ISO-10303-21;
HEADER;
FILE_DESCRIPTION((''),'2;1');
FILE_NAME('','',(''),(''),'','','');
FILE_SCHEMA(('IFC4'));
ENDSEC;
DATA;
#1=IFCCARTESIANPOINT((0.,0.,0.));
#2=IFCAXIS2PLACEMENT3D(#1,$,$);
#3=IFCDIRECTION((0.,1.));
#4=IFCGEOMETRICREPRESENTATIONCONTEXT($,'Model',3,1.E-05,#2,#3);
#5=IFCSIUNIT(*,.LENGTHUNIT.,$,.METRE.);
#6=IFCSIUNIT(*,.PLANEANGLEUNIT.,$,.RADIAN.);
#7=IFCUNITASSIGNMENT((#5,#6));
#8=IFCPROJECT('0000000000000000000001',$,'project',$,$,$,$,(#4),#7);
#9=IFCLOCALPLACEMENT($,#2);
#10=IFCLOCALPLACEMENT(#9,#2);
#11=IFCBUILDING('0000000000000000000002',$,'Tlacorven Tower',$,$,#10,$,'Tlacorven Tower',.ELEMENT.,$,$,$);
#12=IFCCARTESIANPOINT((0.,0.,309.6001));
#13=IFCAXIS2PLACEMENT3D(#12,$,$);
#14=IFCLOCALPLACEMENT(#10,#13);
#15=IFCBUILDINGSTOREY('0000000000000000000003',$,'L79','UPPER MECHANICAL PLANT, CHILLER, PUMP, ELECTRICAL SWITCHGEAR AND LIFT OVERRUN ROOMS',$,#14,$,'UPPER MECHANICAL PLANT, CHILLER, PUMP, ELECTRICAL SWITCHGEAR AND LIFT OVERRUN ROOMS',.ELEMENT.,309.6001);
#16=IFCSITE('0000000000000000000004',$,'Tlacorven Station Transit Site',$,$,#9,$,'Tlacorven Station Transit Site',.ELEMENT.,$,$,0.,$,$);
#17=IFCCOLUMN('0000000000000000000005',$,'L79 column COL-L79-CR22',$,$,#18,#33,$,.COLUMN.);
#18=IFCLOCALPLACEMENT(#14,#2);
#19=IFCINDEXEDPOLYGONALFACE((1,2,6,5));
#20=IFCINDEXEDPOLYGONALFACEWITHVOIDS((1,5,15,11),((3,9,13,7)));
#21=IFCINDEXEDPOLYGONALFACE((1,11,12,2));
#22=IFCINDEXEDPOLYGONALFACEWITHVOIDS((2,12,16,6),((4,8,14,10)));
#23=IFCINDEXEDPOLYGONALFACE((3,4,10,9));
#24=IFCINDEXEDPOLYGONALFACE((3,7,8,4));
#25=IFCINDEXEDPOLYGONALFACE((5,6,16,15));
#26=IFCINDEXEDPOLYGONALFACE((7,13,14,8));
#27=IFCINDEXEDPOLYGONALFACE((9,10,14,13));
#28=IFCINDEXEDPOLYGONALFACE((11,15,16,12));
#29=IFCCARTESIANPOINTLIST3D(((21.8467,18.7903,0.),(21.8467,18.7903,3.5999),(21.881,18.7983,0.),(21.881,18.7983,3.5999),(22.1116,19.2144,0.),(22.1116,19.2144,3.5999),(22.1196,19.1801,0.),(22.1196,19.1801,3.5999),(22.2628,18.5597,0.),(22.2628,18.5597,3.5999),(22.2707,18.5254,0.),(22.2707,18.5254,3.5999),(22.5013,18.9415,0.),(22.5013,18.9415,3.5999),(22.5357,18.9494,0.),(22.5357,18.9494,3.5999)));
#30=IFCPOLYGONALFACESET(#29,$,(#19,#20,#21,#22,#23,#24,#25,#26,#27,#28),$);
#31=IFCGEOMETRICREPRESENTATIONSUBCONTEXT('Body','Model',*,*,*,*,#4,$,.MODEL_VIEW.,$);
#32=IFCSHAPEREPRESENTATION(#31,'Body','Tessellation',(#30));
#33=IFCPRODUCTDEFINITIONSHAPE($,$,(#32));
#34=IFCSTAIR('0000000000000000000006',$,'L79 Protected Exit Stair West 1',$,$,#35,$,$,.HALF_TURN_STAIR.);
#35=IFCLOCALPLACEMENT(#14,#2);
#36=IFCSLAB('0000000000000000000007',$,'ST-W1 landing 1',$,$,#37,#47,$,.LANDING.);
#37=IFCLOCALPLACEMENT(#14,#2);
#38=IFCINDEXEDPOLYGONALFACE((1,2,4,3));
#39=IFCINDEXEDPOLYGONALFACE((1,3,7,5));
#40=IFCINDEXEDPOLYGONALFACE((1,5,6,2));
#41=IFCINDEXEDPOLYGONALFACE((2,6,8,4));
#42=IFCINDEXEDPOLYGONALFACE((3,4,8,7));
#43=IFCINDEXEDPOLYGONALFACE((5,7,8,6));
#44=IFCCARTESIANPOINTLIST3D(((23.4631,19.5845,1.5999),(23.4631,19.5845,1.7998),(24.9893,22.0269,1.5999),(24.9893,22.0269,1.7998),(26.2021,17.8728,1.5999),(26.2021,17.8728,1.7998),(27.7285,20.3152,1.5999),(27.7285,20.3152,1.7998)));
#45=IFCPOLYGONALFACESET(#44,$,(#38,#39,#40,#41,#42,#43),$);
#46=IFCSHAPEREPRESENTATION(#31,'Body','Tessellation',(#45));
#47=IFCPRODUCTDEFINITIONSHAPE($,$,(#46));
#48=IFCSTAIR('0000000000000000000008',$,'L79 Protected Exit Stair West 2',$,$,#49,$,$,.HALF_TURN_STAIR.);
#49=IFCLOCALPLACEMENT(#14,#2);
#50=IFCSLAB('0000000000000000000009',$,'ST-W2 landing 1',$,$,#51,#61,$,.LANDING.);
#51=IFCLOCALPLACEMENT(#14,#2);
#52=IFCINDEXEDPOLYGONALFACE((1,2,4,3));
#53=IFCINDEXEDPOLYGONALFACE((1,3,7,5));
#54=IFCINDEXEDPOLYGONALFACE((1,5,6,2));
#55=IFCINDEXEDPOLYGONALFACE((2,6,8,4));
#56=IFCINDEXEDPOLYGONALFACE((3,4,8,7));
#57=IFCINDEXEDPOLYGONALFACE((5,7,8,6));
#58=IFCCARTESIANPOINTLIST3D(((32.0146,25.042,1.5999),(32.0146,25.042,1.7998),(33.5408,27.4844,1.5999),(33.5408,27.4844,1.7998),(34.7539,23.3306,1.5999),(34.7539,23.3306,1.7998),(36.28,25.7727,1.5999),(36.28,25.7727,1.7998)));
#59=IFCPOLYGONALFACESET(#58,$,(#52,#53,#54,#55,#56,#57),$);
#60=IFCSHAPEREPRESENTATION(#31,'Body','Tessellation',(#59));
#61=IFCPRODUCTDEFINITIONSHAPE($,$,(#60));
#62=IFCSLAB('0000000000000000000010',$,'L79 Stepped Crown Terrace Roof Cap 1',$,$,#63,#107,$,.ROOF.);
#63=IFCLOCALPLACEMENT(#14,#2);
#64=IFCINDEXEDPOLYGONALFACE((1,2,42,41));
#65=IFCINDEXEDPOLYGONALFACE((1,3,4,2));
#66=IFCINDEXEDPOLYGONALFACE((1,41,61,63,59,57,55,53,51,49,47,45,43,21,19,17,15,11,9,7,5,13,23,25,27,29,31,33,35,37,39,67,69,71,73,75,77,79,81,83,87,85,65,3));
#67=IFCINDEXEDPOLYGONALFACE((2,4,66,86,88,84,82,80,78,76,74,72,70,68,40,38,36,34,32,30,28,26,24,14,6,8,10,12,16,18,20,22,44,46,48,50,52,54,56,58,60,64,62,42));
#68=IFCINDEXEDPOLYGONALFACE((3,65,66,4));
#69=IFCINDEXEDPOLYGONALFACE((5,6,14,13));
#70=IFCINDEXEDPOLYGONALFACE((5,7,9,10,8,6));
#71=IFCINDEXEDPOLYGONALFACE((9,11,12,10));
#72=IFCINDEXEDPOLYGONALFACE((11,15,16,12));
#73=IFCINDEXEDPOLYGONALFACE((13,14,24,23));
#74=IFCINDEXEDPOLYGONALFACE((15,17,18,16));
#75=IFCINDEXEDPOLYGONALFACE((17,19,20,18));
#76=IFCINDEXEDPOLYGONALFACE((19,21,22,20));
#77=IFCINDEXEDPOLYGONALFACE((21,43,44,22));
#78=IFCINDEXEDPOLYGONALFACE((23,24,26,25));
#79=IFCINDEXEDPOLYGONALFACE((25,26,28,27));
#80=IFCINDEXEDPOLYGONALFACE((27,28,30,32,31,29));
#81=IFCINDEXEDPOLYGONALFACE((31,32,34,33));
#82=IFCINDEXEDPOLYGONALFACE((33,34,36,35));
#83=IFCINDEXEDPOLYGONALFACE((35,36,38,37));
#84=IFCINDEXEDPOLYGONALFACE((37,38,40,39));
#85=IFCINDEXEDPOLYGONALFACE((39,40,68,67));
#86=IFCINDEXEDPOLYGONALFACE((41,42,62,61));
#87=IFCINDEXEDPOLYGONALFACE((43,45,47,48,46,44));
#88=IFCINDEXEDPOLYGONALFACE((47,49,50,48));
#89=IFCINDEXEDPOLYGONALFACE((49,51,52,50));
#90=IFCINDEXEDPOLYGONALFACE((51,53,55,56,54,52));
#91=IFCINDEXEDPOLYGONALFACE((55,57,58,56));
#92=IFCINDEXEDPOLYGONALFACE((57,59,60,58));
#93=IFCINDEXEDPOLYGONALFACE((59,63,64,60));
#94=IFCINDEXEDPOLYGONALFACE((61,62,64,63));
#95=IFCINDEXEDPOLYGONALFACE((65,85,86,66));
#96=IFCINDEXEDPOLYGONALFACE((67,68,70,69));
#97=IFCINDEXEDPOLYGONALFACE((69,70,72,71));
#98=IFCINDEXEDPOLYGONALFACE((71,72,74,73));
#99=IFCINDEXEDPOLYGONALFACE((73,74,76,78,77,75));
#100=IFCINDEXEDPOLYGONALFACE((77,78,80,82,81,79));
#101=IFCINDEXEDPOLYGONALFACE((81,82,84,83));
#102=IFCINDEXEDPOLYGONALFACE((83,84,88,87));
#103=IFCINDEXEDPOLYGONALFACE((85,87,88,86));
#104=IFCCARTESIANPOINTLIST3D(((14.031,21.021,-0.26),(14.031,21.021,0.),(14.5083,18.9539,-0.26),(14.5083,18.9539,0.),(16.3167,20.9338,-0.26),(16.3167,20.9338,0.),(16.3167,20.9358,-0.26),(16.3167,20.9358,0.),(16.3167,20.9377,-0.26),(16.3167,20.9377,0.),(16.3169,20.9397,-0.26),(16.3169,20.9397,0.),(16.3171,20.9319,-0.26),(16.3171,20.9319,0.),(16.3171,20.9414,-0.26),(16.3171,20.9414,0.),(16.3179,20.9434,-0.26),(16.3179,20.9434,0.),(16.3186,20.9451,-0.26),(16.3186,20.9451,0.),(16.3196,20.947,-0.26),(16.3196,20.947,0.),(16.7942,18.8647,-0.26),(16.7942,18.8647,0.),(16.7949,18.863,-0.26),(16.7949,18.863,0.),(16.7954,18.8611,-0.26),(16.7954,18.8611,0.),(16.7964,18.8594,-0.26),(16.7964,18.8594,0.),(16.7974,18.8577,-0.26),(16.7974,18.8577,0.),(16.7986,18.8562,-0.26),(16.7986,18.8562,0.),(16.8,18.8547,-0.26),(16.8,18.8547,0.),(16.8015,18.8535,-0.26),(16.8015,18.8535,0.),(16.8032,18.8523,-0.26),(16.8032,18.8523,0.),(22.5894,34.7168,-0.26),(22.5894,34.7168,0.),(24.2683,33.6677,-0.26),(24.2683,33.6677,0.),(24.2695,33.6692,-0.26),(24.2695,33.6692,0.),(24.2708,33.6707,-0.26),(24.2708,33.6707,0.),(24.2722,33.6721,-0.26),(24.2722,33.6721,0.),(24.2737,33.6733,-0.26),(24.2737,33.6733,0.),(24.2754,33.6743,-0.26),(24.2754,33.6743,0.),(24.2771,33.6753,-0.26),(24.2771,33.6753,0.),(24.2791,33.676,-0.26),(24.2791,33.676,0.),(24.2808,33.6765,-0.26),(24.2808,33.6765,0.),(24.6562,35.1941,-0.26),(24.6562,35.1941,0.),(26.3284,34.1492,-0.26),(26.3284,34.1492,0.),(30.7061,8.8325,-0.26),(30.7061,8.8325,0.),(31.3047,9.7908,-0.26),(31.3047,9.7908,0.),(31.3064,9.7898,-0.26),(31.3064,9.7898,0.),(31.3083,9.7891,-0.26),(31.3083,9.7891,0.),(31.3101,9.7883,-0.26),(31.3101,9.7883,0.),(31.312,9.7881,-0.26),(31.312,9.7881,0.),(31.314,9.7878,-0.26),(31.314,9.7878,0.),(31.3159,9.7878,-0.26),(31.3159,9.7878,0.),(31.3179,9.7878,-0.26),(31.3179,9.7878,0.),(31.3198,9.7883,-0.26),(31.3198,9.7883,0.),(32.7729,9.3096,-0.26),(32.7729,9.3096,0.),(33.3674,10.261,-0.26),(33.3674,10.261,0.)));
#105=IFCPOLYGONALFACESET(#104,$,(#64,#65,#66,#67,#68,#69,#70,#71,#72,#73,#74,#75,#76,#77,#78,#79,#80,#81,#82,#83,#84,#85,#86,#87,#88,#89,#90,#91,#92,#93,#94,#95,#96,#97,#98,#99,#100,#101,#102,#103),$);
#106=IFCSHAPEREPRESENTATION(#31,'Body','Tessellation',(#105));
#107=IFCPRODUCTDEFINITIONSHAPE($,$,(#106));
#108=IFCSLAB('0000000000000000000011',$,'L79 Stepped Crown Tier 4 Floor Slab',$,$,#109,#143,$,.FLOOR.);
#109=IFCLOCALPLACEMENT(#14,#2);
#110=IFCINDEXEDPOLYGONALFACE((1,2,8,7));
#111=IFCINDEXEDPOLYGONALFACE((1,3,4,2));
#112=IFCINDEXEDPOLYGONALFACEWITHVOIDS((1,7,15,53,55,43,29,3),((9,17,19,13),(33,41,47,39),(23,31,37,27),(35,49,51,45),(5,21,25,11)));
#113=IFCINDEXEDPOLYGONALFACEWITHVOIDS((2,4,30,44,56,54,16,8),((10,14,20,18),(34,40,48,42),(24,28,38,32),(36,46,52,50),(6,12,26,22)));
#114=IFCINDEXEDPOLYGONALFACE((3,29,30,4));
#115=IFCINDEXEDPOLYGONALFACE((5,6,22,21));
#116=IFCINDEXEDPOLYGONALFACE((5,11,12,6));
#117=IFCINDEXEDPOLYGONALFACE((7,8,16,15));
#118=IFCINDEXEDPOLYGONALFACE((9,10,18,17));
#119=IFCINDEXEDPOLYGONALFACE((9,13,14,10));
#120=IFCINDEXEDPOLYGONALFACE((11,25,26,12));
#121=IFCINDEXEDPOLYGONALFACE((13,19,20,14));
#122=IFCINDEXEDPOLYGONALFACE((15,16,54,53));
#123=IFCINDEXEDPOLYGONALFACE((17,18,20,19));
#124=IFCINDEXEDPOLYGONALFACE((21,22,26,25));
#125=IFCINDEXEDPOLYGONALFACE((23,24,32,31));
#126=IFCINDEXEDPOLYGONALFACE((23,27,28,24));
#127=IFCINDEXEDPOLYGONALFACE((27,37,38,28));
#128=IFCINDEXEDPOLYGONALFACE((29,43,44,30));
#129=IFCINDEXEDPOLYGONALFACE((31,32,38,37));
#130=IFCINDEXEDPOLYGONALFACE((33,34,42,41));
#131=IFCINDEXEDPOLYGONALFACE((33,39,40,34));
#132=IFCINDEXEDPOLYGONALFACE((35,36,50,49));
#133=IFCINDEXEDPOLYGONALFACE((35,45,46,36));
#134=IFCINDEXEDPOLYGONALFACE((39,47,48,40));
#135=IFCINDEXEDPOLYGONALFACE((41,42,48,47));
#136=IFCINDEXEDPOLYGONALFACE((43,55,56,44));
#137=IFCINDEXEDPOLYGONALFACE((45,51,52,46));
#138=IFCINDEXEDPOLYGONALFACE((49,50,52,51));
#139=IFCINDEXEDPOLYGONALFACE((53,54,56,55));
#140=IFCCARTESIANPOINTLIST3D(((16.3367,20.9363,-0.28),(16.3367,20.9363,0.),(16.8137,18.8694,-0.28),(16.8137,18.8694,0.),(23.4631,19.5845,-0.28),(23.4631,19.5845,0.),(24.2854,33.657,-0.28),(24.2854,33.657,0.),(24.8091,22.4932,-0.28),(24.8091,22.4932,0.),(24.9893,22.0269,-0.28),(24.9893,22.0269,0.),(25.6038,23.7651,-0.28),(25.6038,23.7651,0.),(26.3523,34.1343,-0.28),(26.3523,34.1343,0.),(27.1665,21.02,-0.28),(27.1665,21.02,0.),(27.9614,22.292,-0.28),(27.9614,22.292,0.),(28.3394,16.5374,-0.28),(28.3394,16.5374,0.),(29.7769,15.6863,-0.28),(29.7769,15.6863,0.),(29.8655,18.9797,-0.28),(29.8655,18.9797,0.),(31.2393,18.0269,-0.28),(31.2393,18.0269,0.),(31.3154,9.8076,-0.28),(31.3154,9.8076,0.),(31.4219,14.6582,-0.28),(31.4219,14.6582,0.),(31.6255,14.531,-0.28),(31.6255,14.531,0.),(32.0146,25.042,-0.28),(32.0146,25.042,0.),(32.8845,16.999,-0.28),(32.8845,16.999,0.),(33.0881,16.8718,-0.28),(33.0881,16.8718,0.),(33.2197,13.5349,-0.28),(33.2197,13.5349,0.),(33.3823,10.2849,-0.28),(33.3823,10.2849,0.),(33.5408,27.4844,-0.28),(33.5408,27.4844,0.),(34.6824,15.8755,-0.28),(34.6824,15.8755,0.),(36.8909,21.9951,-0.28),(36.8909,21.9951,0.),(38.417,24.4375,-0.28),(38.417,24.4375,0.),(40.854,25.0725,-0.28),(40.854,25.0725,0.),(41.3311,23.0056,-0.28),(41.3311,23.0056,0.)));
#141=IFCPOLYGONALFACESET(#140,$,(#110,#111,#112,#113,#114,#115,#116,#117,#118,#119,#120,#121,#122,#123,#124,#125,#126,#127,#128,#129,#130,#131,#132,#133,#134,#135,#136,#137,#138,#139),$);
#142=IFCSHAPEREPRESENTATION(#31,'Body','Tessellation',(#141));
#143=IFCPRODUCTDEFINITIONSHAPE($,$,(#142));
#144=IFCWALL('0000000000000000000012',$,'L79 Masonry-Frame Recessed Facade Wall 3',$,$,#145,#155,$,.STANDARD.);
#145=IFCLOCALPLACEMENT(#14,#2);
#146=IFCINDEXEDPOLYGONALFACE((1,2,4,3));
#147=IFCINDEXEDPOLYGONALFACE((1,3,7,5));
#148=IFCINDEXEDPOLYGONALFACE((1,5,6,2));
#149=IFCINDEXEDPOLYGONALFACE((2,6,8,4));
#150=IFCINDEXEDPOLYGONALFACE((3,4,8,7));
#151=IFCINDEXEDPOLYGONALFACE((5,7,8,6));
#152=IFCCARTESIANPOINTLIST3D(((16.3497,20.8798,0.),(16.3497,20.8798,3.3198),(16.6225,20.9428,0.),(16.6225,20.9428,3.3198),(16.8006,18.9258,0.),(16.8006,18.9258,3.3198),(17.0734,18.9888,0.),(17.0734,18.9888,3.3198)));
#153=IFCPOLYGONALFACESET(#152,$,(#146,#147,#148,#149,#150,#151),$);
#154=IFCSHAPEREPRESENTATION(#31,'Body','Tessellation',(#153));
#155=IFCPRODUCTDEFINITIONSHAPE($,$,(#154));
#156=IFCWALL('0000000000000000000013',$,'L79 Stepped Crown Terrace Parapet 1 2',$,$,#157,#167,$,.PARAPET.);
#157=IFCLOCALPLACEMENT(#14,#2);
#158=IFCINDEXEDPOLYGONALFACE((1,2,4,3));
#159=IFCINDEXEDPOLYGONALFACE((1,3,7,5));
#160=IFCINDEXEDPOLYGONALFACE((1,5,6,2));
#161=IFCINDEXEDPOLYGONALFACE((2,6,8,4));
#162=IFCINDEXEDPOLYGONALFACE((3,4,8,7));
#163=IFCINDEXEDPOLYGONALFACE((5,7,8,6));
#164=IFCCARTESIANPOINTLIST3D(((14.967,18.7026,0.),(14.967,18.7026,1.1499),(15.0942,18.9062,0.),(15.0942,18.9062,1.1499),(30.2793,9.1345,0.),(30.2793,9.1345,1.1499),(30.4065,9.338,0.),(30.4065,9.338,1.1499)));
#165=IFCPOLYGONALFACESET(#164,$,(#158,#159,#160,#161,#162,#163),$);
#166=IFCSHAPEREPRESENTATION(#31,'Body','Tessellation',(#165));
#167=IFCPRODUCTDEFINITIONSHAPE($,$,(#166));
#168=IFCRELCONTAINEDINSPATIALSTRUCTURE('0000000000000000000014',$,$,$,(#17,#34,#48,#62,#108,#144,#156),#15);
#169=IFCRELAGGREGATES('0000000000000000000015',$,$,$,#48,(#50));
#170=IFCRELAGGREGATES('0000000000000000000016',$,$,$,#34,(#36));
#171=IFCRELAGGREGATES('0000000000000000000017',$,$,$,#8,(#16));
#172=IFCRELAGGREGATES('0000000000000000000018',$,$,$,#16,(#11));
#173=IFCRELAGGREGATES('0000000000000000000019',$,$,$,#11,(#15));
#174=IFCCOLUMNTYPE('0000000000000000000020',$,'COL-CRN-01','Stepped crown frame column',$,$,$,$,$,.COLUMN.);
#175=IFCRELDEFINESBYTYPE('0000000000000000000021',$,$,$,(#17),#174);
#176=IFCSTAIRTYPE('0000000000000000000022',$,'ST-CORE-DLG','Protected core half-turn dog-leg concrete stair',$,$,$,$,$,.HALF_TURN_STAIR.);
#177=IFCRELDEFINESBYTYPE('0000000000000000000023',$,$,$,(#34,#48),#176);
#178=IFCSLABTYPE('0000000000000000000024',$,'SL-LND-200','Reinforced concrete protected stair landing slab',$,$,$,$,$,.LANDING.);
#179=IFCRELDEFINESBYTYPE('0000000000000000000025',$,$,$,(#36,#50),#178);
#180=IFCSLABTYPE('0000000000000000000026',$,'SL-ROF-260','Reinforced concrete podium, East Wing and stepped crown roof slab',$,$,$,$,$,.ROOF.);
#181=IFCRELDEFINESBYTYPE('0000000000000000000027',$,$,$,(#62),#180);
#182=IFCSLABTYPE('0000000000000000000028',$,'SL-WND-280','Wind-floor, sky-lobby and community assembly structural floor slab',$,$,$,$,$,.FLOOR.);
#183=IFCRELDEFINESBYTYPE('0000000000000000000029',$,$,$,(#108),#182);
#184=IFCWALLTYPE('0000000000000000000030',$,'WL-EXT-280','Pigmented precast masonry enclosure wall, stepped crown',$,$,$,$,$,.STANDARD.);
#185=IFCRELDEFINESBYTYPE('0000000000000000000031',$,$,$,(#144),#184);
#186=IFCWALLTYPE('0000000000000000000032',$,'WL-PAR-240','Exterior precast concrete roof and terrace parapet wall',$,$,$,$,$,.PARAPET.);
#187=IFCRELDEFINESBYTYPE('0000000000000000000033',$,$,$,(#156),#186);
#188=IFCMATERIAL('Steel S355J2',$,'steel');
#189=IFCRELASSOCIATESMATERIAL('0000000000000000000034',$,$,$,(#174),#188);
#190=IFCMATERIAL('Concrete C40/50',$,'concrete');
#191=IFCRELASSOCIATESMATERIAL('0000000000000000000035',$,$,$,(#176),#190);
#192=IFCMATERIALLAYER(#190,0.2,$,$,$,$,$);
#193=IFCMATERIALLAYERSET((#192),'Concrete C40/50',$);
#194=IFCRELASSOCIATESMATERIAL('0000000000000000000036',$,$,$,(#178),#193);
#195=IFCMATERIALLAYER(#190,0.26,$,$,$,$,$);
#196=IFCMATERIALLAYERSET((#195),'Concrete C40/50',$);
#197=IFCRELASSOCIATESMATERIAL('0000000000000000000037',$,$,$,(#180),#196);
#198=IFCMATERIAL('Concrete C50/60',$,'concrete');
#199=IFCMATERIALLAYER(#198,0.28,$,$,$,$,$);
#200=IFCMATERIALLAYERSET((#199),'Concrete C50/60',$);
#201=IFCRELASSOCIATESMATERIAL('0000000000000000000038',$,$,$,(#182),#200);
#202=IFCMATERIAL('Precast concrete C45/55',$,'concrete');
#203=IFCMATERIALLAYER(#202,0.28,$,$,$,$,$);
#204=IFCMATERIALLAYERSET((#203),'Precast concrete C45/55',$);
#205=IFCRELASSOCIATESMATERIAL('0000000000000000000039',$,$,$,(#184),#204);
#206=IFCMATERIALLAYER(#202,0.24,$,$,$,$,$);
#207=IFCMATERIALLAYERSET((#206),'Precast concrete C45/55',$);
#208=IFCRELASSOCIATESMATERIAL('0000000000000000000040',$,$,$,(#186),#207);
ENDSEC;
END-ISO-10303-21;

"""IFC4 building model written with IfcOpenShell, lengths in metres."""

from ifc_helpers import new_model, si_unit, direction, frame, frame_2d, origin, origin_2d, place, context, subcontext, project, spatial, polyline, rectangle, hollow_rectangle, outline, extrude, source, transform, mapped, material, layer, layer_set, material_profile, profile_set, type_object, element, aggregate, save


model = new_model("IFC4")

# Units and contexts
model_context = context("Model", 3, precision=1e-05, world=origin(), true_north=direction((0.0, 1.0)))
body_context = subcontext(model_context, "Body", "Model", "MODEL_VIEW")
ifc_project = project(units=[si_unit("LENGTHUNIT", "METRE"), si_unit("PLANEANGLEUNIT", "RADIAN")], contexts=[model_context])

# Site, building, storey
site_placement = place(None, origin())
site = spatial("IfcSite", under=ifc_project, at=site_placement, Name="Tlacorven Station Transit Site", LongName="Tlacorven Station Transit Site", CompositionType="ELEMENT", RefElevation=0.0)
building_placement = place(site_placement, origin())
building = spatial("IfcBuilding", under=site, at=building_placement, Name="Tlacorven Tower", LongName="Tlacorven Tower", CompositionType="ELEMENT")
storey_placement = place(building_placement, frame((0.0, 0.0, 309.6001)))
storey = spatial("IfcBuildingStorey", under=building, at=storey_placement, Name="L79", Description="UPPER MECHANICAL PLANT, CHILLER, PUMP, ELECTRICAL SWITCHGEAR AND LIFT OVERRUN ROOMS", LongName="UPPER MECHANICAL PLANT, CHILLER, PUMP, ELECTRICAL SWITCHGEAR AND LIFT OVERRUN ROOMS", CompositionType="ELEMENT", Elevation=309.6001)

# Column
ifc_material_1 = material(Name="Steel S355J2", Category="steel")
ifc_material_profile = material_profile(ifc_material_1, hollow_rectangle(XDim=0.5, YDim=0.5, WallThickness=0.0249, at=origin_2d()), Name="BOX 500X500X25")
ifc_profile_set = profile_set([ifc_material_profile], Name="Steel S355J2")
column_type = type_object("IfcColumnType", Name="COL-CRN-01", Description="Stepped crown frame column", PredefinedType="COLUMN", material=ifc_profile_set)
shared_shape_1 = source(origin(), body_context, "Body", "SweptSolid", [
    extrude(hollow_rectangle(XDim=0.5, YDim=0.5, WallThickness=0.0249, at=origin_2d()), origin(), (0.0, 0.0, 1.0), 3.5999),
])
column_placement = place(storey_placement, frame((22.1912, 18.8699, 0.0), z_axis=(0.0, 0.0, 1.0), x_axis=(-0.848048, 0.529919, 0.0)))
element("IfcColumn", 1, at=column_placement, inside=storey, type_object=column_type, Name="L79 column COL-L79-CR22", PredefinedType="COLUMN", context=body_context, shape_type="MappedRepresentation", body=[
    mapped(shared_shape_1, transform((0.0, 0.0, 0.0), scale=1.0)),
])

# Stairs, slabs
ifc_material_2 = material(Name="Concrete C40/50", Category="concrete")
stair_type = type_object("IfcStairType", Name="ST-CORE-DLG", Description="Protected core half-turn dog-leg concrete stair", PredefinedType="HALF_TURN_STAIR", material=ifc_material_2)
stair_1_placement = place(storey_placement, origin())
stair_1 = element("IfcStair", 2, at=stair_1_placement, inside=storey, type_object=stair_type, Name="L79 Protected Exit Stair West 1", PredefinedType="HALF_TURN_STAIR")
ifc_layer_1 = layer(ifc_material_2, 0.2)
ifc_layer_set_1 = layer_set([ifc_layer_1], Name="Concrete C40/50")
slab_type_1 = type_object("IfcSlabType", Name="SL-LND-200", Description="Reinforced concrete protected stair landing slab", PredefinedType="LANDING", material=ifc_layer_set_1)
slab_1_placement = place(storey_placement, frame((0.0, 0.0, 1.5999)))
slab_1 = element("IfcSlab", 3, at=slab_1_placement, type_object=slab_type_1, Name="ST-W1 landing 1", PredefinedType="LANDING", context=body_context, shape_type="SweptSolid", body=[
    extrude(outline(polyline([(27.7285, 20.3152), (24.9893, 22.0269), (23.4631, 19.5845), (26.2021, 17.8728), (27.7285, 20.3152)])), origin(), (0.0, 0.0, 1.0), 0.2),
])
stair_2_placement = place(storey_placement, origin())
stair_2 = element("IfcStair", 4, at=stair_2_placement, inside=storey, type_object=stair_type, Name="L79 Protected Exit Stair West 2", PredefinedType="HALF_TURN_STAIR")
slab_2_placement = place(storey_placement, frame((0.0, 0.0, 1.5999)))
slab_2 = element("IfcSlab", 5, at=slab_2_placement, type_object=slab_type_1, Name="ST-W2 landing 1", PredefinedType="LANDING", context=body_context, shape_type="SweptSolid", body=[
    extrude(outline(polyline([(36.28, 25.7727), (33.5408, 27.4844), (32.0146, 25.042), (34.7539, 23.3306), (36.28, 25.7727)])), origin(), (0.0, 0.0, 1.0), 0.2),
])
aggregate(stair_2, [slab_2])

# Slabs
ifc_layer_2 = layer(ifc_material_2, 0.26)
ifc_layer_set_2 = layer_set([ifc_layer_2], Name="Concrete C40/50")
slab_type_2 = type_object("IfcSlabType", Name="SL-ROF-260", Description="Reinforced concrete podium, East Wing and stepped crown roof slab", PredefinedType="ROOF", material=ifc_layer_set_2)
slab_3_placement = place(storey_placement, frame((0.0, 0.0, -0.26)))
element("IfcSlab", 6, at=slab_3_placement, inside=storey, type_object=slab_type_2, Name="L79 Stepped Crown Terrace Roof Cap 1", PredefinedType="ROOF", context=body_context, shape_type="SweptSolid", body=[
    extrude(outline(polyline([(32.7729, 9.3096), (30.7061, 8.8325), (14.5083, 18.9539), (14.031, 21.021), (22.5894, 34.7168), (24.6562, 35.1941), (26.3284, 34.1492), (24.2808, 33.6765), (24.2791, 33.676), (24.2771, 33.6753), (24.2754, 33.6743), (24.2737, 33.6733), (24.2722, 33.6721), (24.2708, 33.6707), (24.2695, 33.6692), (24.2683, 33.6677), (16.3196, 20.947), (16.3186, 20.9451), (16.3179, 20.9434), (16.3171, 20.9414), (16.3169, 20.9397), (16.3167, 20.9377), (16.3167, 20.9358), (16.3167, 20.9338), (16.3171, 20.9319), (16.7942, 18.8647), (16.7949, 18.863), (16.7954, 18.8611), (16.7964, 18.8594), (16.7974, 18.8577), (16.7986, 18.8562), (16.8, 18.8547), (16.8015, 18.8535), (16.8032, 18.8523), (31.3047, 9.7908), (31.3064, 9.7898), (31.3083, 9.7891), (31.3101, 9.7883), (31.312, 9.7881), (31.314, 9.7878), (31.3159, 9.7878), (31.3179, 9.7878), (31.3198, 9.7883), (33.3674, 10.261), (32.7729, 9.3096)])), origin(), (0.0, 0.0, 1.0), 0.26),
])
ifc_material_3 = material(Name="Concrete C50/60", Category="concrete")
ifc_layer_3 = layer(ifc_material_3, 0.28)
ifc_layer_set_3 = layer_set([ifc_layer_3], Name="Concrete C50/60")
slab_type_3 = type_object("IfcSlabType", Name="SL-WND-280", Description="Wind-floor, sky-lobby and community assembly structural floor slab", PredefinedType="FLOOR", material=ifc_layer_set_3)
slab_4_placement = place(storey_placement, frame((0.0, 0.0, -0.28)))
element("IfcSlab", 7, at=slab_4_placement, inside=storey, type_object=slab_type_3, Name="L79 Stepped Crown Tier 4 Floor Slab", PredefinedType="FLOOR", context=body_context, shape_type="SweptSolid", body=[
    extrude(outline(polyline([(40.854, 25.0725), (26.3523, 34.1343), (24.2854, 33.657), (16.3367, 20.9363), (16.8137, 18.8694), (31.3154, 9.8076), (33.3823, 10.2849), (41.3311, 23.0056), (40.854, 25.0725)]), holes=[polyline([(29.8655, 18.9797), (24.9893, 22.0269), (23.4631, 19.5845), (28.3394, 16.5374), (29.8655, 18.9797)]), polyline([(38.417, 24.4375), (33.5408, 27.4844), (32.0146, 25.042), (36.8909, 21.9951), (38.417, 24.4375)]), polyline([(34.6824, 15.8755), (33.0881, 16.8718), (31.6255, 14.531), (33.2197, 13.5349), (34.6824, 15.8755)]), polyline([(32.8845, 16.999), (31.2393, 18.0269), (29.7769, 15.6863), (31.4219, 14.6582), (32.8845, 16.999)]), polyline([(27.9614, 22.292), (25.6038, 23.7651), (24.8091, 22.4932), (27.1665, 21.02), (27.9614, 22.292)])]), origin(), (0.0, 0.0, 1.0), 0.28),
])

# Walls
ifc_material_4 = material(Name="Precast concrete C45/55", Category="concrete")
ifc_layer_4 = layer(ifc_material_4, 0.28)
ifc_layer_set_4 = layer_set([ifc_layer_4], Name="Precast concrete C45/55")
wall_type_1 = type_object("IfcWallType", Name="WL-EXT-280", Description="Pigmented precast masonry enclosure wall, stepped crown", PredefinedType="STANDARD", material=ifc_layer_set_4)
wall_1_placement = place(storey_placement, frame((16.937, 18.9573, 0.0), z_axis=(0.0, 0.0, 1.0), x_axis=(-0.224851, 0.974393, 0.0)))
element("IfcWall", 8, at=wall_1_placement, inside=storey, type_object=wall_type_1, Name="L79 Masonry-Frame Recessed Facade Wall 3", PredefinedType="STANDARD", context=body_context, shape_type="SweptSolid", body=[
    extrude(rectangle(XDim=2.0054, YDim=0.28, at=frame_2d((1.0027, 0.0))), origin(), (0.0, 0.0, 1.0), 3.3198),
])
ifc_layer_5 = layer(ifc_material_4, 0.24)
ifc_layer_set_5 = layer_set([ifc_layer_5], Name="Precast concrete C45/55")
wall_type_2 = type_object("IfcWallType", Name="WL-PAR-240", Description="Exterior precast concrete roof and terrace parapet wall", PredefinedType="PARAPET", material=ifc_layer_set_5)
wall_2_placement = place(storey_placement, frame((30.3428, 9.2363, 0.0), z_axis=(0.0, 0.0, 1.0), x_axis=(-0.848049, 0.529918, 0.0)))
element("IfcWall", 9, at=wall_2_placement, inside=storey, type_object=wall_type_2, Name="L79 Stepped Crown Terrace Parapet 1 2", PredefinedType="PARAPET", context=body_context, shape_type="SweptSolid", body=[
    extrude(rectangle(XDim=18.0559, YDim=0.24, at=frame_2d((9.0278, 0.0))), origin(), (0.0, 0.0, 1.0), 1.1499),
])

aggregate(stair_1, [slab_1])

save(model, "model.ifc")
